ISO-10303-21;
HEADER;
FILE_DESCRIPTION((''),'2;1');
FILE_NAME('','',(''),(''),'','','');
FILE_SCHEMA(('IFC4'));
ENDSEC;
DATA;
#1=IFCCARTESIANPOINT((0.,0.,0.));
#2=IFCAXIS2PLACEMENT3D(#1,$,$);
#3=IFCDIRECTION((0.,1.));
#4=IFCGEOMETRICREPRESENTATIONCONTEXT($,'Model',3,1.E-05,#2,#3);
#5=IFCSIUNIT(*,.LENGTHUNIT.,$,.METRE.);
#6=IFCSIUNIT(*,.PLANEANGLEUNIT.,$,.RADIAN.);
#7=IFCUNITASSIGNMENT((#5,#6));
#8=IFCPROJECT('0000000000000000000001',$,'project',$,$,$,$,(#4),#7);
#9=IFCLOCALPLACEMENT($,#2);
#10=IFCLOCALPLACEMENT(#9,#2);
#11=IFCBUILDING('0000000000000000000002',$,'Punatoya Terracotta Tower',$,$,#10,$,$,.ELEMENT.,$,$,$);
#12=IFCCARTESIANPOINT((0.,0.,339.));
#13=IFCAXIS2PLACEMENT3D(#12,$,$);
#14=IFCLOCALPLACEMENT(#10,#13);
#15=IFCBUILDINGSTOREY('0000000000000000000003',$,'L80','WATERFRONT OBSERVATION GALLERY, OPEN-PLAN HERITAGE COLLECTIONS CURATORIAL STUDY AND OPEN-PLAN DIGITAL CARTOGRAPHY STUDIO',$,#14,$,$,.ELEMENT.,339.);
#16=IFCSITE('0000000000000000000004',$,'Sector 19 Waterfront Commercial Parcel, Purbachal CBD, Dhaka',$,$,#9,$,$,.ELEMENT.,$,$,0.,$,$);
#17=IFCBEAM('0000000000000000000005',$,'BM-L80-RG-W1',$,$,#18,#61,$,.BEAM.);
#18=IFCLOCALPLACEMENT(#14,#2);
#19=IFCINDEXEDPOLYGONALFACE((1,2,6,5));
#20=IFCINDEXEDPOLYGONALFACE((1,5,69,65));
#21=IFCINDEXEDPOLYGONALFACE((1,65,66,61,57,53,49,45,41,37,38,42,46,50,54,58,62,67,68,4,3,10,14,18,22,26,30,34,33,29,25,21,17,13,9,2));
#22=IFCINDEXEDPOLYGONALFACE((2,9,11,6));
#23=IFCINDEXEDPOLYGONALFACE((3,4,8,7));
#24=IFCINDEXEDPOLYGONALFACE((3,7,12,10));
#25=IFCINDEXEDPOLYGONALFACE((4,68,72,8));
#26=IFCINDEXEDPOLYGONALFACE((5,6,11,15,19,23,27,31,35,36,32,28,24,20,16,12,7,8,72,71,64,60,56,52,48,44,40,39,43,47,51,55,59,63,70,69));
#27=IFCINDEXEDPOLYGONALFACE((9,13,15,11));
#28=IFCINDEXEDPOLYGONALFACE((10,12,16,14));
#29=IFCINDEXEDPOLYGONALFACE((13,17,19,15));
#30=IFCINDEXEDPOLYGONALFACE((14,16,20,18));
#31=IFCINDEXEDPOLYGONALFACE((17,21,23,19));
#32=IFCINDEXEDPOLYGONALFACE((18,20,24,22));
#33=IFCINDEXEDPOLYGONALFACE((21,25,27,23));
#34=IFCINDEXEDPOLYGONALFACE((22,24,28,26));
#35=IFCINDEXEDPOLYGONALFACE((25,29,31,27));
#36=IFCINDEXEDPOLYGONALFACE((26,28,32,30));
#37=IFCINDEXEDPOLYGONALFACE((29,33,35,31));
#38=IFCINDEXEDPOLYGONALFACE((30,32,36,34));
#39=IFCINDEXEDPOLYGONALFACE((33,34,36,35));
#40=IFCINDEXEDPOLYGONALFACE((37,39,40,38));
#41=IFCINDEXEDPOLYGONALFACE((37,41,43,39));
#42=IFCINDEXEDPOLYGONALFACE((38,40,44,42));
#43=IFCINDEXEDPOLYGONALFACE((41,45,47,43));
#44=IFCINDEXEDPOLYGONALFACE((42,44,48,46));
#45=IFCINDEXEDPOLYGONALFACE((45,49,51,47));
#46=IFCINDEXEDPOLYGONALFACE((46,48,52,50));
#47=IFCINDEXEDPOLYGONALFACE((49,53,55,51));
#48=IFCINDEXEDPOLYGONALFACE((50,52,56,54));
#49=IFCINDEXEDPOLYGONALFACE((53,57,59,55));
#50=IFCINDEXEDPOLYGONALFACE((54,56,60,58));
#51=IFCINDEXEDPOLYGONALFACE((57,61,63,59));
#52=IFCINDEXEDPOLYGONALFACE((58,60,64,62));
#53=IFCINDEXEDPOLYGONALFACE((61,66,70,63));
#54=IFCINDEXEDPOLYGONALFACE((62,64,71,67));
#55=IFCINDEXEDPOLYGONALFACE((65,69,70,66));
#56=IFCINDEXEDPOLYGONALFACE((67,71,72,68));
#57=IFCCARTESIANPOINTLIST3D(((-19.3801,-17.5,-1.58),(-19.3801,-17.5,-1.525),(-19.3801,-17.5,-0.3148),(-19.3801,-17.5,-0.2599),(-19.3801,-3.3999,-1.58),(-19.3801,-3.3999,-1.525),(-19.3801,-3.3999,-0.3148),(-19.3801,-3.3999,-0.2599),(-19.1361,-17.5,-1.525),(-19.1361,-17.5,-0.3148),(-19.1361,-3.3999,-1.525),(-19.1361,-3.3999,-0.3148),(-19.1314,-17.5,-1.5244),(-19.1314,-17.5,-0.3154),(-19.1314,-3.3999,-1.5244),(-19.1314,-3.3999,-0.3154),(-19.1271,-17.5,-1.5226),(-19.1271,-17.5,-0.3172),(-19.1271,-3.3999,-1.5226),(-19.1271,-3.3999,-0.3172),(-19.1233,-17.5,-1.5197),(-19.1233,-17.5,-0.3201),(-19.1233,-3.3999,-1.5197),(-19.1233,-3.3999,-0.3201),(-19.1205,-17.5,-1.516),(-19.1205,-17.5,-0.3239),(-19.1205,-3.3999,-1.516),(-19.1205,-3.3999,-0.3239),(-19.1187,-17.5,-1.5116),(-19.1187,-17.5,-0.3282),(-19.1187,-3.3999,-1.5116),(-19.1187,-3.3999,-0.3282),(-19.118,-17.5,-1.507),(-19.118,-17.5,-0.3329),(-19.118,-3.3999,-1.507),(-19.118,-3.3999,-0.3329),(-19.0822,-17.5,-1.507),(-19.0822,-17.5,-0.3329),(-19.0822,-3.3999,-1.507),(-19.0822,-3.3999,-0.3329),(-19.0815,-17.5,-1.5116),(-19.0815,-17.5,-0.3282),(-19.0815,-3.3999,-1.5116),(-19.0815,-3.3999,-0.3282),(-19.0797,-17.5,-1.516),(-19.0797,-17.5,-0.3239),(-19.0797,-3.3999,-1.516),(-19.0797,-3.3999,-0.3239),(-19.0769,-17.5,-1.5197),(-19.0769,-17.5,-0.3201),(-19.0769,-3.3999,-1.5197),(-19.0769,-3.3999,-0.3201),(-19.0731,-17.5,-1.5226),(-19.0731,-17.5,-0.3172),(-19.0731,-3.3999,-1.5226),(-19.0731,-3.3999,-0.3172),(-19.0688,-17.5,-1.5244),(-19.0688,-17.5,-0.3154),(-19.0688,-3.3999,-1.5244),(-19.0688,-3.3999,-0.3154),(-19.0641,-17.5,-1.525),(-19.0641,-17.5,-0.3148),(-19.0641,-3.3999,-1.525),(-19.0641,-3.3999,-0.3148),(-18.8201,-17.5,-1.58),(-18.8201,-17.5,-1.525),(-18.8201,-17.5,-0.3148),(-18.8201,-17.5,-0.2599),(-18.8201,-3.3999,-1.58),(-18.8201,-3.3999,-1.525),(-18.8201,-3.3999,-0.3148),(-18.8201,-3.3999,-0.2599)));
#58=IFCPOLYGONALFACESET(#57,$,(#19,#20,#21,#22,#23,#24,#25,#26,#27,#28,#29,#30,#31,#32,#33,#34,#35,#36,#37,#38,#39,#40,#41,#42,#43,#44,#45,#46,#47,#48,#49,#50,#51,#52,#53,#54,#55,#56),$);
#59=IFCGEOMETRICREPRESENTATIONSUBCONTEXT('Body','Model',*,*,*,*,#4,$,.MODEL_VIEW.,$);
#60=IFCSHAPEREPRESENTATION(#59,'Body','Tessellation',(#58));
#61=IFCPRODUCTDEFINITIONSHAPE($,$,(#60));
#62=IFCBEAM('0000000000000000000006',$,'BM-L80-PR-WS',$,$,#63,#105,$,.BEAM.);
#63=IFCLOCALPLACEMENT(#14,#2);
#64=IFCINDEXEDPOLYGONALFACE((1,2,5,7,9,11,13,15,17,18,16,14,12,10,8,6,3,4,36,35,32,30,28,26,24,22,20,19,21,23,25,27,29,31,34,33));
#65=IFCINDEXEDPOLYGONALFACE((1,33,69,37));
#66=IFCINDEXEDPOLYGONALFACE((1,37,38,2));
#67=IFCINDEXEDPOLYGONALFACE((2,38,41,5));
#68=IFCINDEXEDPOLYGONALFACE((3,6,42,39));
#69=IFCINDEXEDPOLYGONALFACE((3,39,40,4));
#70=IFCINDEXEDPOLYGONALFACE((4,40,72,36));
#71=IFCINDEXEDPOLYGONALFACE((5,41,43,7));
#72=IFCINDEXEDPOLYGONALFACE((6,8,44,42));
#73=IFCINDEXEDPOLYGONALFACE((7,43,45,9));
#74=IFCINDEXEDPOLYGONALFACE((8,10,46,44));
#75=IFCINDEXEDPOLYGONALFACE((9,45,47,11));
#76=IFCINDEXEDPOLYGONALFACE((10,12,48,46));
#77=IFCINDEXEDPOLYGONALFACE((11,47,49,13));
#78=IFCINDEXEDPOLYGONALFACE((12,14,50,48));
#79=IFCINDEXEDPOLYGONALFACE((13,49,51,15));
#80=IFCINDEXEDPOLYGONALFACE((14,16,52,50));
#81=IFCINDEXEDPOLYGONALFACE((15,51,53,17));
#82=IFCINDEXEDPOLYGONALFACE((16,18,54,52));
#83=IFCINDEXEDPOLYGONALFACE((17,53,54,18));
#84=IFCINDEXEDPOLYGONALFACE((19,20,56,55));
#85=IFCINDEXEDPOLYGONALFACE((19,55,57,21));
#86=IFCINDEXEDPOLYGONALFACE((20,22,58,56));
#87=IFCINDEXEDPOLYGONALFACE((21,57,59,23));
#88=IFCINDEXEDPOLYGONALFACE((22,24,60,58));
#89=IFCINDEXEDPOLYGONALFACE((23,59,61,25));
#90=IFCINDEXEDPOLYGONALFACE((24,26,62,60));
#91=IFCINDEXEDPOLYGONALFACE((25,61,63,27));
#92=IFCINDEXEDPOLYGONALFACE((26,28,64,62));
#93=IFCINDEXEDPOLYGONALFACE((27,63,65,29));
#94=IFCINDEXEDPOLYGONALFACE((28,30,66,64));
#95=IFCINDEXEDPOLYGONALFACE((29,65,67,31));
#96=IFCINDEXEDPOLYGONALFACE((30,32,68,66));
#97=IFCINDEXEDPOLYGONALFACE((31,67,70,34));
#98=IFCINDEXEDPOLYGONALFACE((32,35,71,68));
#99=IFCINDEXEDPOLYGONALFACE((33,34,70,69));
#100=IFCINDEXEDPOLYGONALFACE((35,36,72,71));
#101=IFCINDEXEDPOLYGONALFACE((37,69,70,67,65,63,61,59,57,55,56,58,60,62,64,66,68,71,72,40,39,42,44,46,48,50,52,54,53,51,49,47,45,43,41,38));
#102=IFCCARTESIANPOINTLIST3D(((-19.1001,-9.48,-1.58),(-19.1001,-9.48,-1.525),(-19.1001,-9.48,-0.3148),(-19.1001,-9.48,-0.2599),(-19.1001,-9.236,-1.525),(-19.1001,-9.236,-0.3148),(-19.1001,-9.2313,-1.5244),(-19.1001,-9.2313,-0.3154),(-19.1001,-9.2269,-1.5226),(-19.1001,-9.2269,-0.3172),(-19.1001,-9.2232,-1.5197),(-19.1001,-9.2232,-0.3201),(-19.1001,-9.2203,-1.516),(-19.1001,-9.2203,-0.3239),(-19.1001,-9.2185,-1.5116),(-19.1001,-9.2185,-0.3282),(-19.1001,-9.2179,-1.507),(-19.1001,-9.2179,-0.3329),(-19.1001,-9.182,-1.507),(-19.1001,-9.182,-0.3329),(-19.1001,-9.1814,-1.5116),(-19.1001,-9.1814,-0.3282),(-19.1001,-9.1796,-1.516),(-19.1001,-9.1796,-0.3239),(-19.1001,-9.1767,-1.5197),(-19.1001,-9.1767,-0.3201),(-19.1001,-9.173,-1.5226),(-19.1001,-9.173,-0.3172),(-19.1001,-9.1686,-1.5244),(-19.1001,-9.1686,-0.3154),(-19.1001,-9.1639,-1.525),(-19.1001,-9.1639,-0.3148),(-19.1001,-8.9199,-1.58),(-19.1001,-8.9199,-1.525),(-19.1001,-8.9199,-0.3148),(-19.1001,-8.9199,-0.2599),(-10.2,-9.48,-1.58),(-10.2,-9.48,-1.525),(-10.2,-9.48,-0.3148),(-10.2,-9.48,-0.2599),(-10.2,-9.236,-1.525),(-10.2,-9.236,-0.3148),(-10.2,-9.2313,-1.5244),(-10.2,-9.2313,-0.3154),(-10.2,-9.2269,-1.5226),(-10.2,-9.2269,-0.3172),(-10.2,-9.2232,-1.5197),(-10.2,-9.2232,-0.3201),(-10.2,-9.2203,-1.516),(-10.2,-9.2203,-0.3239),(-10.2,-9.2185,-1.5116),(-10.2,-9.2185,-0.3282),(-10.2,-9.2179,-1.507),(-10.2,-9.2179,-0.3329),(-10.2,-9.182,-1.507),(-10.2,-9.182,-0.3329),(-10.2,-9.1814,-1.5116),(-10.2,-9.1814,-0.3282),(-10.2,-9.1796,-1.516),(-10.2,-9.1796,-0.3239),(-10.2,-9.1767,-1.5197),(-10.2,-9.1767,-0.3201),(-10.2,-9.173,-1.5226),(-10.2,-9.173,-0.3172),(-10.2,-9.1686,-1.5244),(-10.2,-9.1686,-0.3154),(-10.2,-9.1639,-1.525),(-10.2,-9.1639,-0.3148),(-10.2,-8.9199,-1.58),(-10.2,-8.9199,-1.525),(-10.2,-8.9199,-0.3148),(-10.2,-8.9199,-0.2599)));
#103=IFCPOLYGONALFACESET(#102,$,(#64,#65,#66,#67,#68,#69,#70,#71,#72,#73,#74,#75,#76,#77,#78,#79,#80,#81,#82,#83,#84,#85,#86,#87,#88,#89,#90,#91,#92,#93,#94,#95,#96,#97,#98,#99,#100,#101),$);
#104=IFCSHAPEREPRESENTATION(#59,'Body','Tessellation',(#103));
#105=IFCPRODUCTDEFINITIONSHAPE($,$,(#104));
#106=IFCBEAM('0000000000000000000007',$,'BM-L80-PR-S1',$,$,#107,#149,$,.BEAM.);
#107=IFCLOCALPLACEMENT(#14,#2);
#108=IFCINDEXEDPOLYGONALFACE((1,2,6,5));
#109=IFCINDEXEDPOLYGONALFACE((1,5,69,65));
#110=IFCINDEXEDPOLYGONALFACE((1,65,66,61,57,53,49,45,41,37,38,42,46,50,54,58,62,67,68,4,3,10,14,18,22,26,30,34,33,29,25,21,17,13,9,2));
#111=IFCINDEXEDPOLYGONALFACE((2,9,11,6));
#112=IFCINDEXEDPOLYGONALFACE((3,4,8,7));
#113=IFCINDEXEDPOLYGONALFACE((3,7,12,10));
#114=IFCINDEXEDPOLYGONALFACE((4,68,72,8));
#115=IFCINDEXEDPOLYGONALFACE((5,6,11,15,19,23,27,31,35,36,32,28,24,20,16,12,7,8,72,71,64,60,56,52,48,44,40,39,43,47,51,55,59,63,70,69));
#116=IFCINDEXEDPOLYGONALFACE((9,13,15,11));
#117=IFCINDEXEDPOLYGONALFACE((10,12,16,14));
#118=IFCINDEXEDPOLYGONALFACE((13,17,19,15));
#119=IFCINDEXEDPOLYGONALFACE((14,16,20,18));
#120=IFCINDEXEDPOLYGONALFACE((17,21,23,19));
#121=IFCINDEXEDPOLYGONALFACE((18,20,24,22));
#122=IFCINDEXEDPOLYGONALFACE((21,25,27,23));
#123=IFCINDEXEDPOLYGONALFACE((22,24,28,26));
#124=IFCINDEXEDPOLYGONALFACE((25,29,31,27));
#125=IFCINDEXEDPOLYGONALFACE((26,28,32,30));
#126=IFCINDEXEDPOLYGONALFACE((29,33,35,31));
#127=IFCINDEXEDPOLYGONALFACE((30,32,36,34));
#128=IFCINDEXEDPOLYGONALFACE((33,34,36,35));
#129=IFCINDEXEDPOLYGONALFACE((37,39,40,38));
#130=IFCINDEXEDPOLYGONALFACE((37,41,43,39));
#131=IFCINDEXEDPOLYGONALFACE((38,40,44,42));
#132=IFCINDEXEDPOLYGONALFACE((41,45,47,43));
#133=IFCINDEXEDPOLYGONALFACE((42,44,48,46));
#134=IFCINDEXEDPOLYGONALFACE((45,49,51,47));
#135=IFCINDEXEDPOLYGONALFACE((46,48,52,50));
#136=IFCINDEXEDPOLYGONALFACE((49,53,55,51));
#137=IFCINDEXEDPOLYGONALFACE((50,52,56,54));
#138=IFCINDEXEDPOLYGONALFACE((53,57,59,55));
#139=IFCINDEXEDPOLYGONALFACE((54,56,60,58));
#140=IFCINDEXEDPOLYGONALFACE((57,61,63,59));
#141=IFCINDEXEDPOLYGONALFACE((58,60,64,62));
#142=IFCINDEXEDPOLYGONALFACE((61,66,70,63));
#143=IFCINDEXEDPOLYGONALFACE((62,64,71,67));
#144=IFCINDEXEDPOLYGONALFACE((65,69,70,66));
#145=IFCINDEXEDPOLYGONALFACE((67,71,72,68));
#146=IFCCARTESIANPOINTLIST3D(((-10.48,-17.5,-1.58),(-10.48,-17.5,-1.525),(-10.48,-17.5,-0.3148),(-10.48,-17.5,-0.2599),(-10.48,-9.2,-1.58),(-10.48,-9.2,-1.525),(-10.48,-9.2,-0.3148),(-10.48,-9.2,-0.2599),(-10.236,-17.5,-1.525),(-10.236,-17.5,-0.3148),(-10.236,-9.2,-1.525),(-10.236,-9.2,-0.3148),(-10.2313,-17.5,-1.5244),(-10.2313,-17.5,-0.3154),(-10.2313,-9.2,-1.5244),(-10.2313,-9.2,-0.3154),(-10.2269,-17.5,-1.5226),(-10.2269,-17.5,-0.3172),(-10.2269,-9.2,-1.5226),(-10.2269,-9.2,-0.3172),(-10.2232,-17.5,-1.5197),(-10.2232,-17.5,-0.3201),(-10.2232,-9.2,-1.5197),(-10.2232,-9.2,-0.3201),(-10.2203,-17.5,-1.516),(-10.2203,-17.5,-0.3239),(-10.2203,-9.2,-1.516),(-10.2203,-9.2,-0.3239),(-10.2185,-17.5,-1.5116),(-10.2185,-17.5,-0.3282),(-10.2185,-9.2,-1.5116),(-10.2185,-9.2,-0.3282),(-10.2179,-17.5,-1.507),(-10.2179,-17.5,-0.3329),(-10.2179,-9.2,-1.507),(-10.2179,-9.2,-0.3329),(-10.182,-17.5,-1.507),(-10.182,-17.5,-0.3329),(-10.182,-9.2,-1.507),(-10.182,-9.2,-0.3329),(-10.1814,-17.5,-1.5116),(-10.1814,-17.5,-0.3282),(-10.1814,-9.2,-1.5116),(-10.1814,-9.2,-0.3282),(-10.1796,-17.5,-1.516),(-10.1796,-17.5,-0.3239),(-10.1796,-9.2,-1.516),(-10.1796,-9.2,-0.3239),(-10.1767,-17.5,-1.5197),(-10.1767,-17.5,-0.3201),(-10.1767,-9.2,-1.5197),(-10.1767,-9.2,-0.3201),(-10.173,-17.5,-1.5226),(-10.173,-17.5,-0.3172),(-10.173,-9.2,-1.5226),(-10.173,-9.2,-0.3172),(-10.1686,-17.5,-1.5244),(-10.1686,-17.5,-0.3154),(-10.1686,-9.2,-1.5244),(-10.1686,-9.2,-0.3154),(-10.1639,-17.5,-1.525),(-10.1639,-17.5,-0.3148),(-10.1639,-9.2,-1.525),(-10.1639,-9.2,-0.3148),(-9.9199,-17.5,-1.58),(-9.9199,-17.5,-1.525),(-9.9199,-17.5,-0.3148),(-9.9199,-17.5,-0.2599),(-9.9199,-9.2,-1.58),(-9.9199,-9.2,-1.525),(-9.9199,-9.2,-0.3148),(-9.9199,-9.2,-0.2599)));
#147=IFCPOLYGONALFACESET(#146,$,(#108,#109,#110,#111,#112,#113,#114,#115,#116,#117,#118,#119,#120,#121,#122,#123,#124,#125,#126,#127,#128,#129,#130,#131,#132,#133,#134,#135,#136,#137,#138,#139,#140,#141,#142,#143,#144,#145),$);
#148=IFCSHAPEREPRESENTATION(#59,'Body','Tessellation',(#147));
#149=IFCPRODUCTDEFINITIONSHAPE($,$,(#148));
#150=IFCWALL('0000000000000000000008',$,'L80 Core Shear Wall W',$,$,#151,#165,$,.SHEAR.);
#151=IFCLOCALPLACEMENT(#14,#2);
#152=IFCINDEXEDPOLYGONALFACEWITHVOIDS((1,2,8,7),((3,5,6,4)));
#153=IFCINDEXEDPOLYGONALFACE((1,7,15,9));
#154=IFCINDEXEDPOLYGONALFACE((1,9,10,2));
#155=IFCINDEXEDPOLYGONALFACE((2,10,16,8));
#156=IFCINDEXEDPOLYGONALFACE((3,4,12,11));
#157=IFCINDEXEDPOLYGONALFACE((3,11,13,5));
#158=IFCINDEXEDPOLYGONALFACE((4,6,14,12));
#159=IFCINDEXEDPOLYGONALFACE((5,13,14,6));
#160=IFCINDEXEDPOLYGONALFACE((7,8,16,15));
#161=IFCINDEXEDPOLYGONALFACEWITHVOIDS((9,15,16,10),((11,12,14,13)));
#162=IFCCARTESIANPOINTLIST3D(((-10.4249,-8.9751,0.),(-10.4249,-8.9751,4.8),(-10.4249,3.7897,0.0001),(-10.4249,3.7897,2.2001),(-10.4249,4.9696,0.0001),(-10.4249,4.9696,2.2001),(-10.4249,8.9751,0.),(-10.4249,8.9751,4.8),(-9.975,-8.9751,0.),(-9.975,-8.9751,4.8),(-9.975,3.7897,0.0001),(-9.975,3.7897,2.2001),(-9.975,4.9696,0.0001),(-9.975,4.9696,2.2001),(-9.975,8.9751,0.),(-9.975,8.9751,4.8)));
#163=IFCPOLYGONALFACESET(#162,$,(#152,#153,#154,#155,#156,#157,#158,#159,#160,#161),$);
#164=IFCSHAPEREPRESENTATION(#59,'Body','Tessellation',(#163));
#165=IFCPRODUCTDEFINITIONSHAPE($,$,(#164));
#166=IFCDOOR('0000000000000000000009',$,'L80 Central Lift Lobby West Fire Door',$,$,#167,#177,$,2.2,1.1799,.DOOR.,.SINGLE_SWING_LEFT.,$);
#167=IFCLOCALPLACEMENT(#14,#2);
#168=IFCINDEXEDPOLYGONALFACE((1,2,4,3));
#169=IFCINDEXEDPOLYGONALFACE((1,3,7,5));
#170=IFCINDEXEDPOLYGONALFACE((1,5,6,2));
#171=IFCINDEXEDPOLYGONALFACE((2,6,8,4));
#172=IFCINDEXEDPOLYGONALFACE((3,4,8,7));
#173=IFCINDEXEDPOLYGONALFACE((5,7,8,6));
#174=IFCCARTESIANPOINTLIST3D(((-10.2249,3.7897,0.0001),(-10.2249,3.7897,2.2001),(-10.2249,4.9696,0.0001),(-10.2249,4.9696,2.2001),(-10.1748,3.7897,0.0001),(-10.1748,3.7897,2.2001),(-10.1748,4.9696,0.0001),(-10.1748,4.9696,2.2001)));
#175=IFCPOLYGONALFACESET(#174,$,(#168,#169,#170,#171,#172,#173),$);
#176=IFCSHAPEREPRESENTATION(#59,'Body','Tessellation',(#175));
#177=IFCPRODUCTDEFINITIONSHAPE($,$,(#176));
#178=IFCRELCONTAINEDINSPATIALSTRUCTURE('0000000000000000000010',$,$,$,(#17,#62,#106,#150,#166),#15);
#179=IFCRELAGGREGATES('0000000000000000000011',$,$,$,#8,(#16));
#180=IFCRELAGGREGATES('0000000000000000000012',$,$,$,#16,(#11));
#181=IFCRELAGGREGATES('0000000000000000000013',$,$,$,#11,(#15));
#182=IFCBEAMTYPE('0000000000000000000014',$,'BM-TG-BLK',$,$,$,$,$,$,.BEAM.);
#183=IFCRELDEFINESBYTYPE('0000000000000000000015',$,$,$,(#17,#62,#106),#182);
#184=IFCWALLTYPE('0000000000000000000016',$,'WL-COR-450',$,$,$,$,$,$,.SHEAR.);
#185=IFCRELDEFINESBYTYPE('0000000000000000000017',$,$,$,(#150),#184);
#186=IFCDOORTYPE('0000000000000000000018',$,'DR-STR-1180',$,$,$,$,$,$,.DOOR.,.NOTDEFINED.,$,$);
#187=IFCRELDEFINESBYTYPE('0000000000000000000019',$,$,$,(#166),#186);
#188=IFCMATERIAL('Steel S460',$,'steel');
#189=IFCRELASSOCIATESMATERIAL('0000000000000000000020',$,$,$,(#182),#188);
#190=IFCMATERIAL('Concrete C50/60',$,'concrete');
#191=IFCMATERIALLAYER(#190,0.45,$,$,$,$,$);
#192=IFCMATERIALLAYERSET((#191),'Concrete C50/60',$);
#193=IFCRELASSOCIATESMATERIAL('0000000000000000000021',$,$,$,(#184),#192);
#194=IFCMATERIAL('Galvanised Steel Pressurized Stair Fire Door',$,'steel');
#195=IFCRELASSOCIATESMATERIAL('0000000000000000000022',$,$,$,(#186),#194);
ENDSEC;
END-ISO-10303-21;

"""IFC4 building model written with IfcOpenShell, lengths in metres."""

from ifc_helpers import new_model, si_unit, direction, frame, frame_2d, origin, origin_2d, place, context, subcontext, project, spatial, rectangle, i_section, extrude, material, layer, layer_set, material_profile, profile_set, type_object, element, fill, save


model = new_model("IFC4")

# Units and contexts
model_context = context("Model", 3, precision=1e-05, world=origin(), true_north=direction((0.0, 1.0)))
body_context = subcontext(model_context, "Body", "Model", "MODEL_VIEW")
ifc_project = project(units=[si_unit("LENGTHUNIT", "METRE"), si_unit("PLANEANGLEUNIT", "RADIAN")], contexts=[model_context])

# Site, building, storey
site_placement = place(None, origin())
site = spatial("IfcSite", under=ifc_project, at=site_placement, Name="Sector 19 Waterfront Commercial Parcel, Purbachal CBD, Dhaka", CompositionType="ELEMENT", RefElevation=0.0)
building_placement = place(site_placement, origin())
building = spatial("IfcBuilding", under=site, at=building_placement, Name="Punatoya Terracotta Tower", CompositionType="ELEMENT")
storey_placement = place(building_placement, frame((0.0, 0.0, 339.0)))
storey = spatial("IfcBuildingStorey", under=building, at=storey_placement, Name="L80", Description="WATERFRONT OBSERVATION GALLERY, OPEN-PLAN HERITAGE COLLECTIONS CURATORIAL STUDY AND OPEN-PLAN DIGITAL CARTOGRAPHY STUDIO", CompositionType="ELEMENT", Elevation=339.0)

# Shared definitions
ifc_material_1 = material(Name="Steel S460", Category="steel")

# Beams
ifc_material_profile_1 = material_profile(ifc_material_1, i_section(OverallWidth=0.5601, OverallDepth=1.3201, WebThickness=0.0359, FlangeThickness=0.0549, FilletRadius=0.0181, at=origin_2d()))
ifc_profile_set_1 = profile_set([ifc_material_profile_1], Name="Steel S460")
beam_type_1 = type_object("IfcBeamType", Name="BM-TG-BLK", PredefinedType="BEAM", material=ifc_profile_set_1)
beam_1_placement = place(storey_placement, frame((-19.1001, -17.5, -0.9199), z_axis=(0.0, 1.0, 0.0), x_axis=(-1.0, 0.0, 0.0)))
element("IfcBeam", 1, at=beam_1_placement, inside=storey, type_object=beam_type_1, Name="BM-L80-RG-W1", PredefinedType="BEAM", context=body_context, shape_type="SweptSolid", body=[
    extrude(i_section(OverallWidth=0.5601, OverallDepth=1.3201, WebThickness=0.0359, FlangeThickness=0.0549, FilletRadius=0.0181, at=origin_2d()), origin(), (0.0, 0.0, 1.0), 14.1001),
])
beam_2_placement = place(storey_placement, frame((-19.1001, -9.2, -0.9199), z_axis=(1.0, 0.0, 0.0), x_axis=(0.0, 1.0, 0.0)))
element("IfcBeam", 2, at=beam_2_placement, inside=storey, type_object=beam_type_1, Name="BM-L80-PR-WS", PredefinedType="BEAM", context=body_context, shape_type="SweptSolid", body=[
    extrude(i_section(OverallWidth=0.5601, OverallDepth=1.3201, WebThickness=0.0359, FlangeThickness=0.0549, FilletRadius=0.0181, at=origin_2d()), origin(), (0.0, 0.0, 1.0), 8.9001),
])
beam_3_placement = place(storey_placement, frame((-10.2, -17.5, -0.9199), z_axis=(0.0, 1.0, 0.0), x_axis=(-1.0, 0.0, 0.0)))
element("IfcBeam", 3, at=beam_3_placement, inside=storey, type_object=beam_type_1, Name="BM-L80-PR-S1", PredefinedType="BEAM", context=body_context, shape_type="SweptSolid", body=[
    extrude(i_section(OverallWidth=0.5601, OverallDepth=1.3201, WebThickness=0.0359, FlangeThickness=0.0549, FilletRadius=0.0181, at=origin_2d()), origin(), (0.0, 0.0, 1.0), 8.3),
])

# Wall, opening, door
ifc_material_2 = material(Name="Concrete C50/60", Category="concrete")
ifc_layer_1 = layer(ifc_material_2, 0.45)
ifc_layer_set_1 = layer_set([ifc_layer_1], Name="Concrete C50/60")
wall_type_1 = type_object("IfcWallType", Name="WL-COR-450", PredefinedType="SHEAR", material=ifc_layer_set_1)
wall_1_placement = place(storey_placement, frame((-10.2, -8.9751, 0.0), z_axis=(0.0, 0.0, 1.0), x_axis=(0.0, 1.0, 0.0)))
wall_1 = element("IfcWall", 4, at=wall_1_placement, inside=storey, type_object=wall_type_1, Name="L80 Core Shear Wall W", PredefinedType="SHEAR", context=body_context, shape_type="SweptSolid", body=[
    extrude(rectangle(XDim=17.9502, YDim=0.45, at=frame_2d((8.9751, 0.0))), origin(), (0.0, 0.0, 1.0), 4.8),
])
opening_1_placement = place(wall_1_placement, frame((12.7649, 0.0, 0.0)))
opening_1 = element("IfcOpeningElement", 5, at=opening_1_placement, cuts=wall_1, PredefinedType="OPENING", context=body_context, shape_type="SweptSolid", body=[
    extrude(rectangle(XDim=1.1799, YDim=2.2, at=frame_2d((0.5898, 1.1001))), frame((0.0, 0.2349, 0.0), z_axis=(0.0, -1.0, 0.0), x_axis=(1.0, 0.0, 0.0)), (0.0, 0.0, 1.0), 0.47),
])
ifc_material_3 = material(Name="Galvanised Steel Pressurized Stair Fire Door", Category="steel")
door_type_1 = type_object("IfcDoorType", Name="DR-STR-1180", OperationType="NOTDEFINED", PredefinedType="DOOR", material=ifc_material_3)
door_1_placement = place(opening_1_placement, origin())
door_1 = element("IfcDoor", 6, at=door_1_placement, inside=storey, type_object=door_type_1, Name="L80 Central Lift Lobby West Fire Door", OperationType="SINGLE_SWING_LEFT", OverallHeight=2.2, OverallWidth=1.1799, PredefinedType="DOOR", context=body_context, shape_type="SweptSolid", body=[
    extrude(rectangle(XDim=1.1799, YDim=2.2, at=frame_2d((0.5898, 1.1001))), frame((0.0, 0.0249, 0.0), z_axis=(0.0, -1.0, 0.0), x_axis=(1.0, 0.0, 0.0)), (0.0, 0.0, 1.0), 0.05),
])
fill(opening_1, door_1)

save(model, "model.ifc")
